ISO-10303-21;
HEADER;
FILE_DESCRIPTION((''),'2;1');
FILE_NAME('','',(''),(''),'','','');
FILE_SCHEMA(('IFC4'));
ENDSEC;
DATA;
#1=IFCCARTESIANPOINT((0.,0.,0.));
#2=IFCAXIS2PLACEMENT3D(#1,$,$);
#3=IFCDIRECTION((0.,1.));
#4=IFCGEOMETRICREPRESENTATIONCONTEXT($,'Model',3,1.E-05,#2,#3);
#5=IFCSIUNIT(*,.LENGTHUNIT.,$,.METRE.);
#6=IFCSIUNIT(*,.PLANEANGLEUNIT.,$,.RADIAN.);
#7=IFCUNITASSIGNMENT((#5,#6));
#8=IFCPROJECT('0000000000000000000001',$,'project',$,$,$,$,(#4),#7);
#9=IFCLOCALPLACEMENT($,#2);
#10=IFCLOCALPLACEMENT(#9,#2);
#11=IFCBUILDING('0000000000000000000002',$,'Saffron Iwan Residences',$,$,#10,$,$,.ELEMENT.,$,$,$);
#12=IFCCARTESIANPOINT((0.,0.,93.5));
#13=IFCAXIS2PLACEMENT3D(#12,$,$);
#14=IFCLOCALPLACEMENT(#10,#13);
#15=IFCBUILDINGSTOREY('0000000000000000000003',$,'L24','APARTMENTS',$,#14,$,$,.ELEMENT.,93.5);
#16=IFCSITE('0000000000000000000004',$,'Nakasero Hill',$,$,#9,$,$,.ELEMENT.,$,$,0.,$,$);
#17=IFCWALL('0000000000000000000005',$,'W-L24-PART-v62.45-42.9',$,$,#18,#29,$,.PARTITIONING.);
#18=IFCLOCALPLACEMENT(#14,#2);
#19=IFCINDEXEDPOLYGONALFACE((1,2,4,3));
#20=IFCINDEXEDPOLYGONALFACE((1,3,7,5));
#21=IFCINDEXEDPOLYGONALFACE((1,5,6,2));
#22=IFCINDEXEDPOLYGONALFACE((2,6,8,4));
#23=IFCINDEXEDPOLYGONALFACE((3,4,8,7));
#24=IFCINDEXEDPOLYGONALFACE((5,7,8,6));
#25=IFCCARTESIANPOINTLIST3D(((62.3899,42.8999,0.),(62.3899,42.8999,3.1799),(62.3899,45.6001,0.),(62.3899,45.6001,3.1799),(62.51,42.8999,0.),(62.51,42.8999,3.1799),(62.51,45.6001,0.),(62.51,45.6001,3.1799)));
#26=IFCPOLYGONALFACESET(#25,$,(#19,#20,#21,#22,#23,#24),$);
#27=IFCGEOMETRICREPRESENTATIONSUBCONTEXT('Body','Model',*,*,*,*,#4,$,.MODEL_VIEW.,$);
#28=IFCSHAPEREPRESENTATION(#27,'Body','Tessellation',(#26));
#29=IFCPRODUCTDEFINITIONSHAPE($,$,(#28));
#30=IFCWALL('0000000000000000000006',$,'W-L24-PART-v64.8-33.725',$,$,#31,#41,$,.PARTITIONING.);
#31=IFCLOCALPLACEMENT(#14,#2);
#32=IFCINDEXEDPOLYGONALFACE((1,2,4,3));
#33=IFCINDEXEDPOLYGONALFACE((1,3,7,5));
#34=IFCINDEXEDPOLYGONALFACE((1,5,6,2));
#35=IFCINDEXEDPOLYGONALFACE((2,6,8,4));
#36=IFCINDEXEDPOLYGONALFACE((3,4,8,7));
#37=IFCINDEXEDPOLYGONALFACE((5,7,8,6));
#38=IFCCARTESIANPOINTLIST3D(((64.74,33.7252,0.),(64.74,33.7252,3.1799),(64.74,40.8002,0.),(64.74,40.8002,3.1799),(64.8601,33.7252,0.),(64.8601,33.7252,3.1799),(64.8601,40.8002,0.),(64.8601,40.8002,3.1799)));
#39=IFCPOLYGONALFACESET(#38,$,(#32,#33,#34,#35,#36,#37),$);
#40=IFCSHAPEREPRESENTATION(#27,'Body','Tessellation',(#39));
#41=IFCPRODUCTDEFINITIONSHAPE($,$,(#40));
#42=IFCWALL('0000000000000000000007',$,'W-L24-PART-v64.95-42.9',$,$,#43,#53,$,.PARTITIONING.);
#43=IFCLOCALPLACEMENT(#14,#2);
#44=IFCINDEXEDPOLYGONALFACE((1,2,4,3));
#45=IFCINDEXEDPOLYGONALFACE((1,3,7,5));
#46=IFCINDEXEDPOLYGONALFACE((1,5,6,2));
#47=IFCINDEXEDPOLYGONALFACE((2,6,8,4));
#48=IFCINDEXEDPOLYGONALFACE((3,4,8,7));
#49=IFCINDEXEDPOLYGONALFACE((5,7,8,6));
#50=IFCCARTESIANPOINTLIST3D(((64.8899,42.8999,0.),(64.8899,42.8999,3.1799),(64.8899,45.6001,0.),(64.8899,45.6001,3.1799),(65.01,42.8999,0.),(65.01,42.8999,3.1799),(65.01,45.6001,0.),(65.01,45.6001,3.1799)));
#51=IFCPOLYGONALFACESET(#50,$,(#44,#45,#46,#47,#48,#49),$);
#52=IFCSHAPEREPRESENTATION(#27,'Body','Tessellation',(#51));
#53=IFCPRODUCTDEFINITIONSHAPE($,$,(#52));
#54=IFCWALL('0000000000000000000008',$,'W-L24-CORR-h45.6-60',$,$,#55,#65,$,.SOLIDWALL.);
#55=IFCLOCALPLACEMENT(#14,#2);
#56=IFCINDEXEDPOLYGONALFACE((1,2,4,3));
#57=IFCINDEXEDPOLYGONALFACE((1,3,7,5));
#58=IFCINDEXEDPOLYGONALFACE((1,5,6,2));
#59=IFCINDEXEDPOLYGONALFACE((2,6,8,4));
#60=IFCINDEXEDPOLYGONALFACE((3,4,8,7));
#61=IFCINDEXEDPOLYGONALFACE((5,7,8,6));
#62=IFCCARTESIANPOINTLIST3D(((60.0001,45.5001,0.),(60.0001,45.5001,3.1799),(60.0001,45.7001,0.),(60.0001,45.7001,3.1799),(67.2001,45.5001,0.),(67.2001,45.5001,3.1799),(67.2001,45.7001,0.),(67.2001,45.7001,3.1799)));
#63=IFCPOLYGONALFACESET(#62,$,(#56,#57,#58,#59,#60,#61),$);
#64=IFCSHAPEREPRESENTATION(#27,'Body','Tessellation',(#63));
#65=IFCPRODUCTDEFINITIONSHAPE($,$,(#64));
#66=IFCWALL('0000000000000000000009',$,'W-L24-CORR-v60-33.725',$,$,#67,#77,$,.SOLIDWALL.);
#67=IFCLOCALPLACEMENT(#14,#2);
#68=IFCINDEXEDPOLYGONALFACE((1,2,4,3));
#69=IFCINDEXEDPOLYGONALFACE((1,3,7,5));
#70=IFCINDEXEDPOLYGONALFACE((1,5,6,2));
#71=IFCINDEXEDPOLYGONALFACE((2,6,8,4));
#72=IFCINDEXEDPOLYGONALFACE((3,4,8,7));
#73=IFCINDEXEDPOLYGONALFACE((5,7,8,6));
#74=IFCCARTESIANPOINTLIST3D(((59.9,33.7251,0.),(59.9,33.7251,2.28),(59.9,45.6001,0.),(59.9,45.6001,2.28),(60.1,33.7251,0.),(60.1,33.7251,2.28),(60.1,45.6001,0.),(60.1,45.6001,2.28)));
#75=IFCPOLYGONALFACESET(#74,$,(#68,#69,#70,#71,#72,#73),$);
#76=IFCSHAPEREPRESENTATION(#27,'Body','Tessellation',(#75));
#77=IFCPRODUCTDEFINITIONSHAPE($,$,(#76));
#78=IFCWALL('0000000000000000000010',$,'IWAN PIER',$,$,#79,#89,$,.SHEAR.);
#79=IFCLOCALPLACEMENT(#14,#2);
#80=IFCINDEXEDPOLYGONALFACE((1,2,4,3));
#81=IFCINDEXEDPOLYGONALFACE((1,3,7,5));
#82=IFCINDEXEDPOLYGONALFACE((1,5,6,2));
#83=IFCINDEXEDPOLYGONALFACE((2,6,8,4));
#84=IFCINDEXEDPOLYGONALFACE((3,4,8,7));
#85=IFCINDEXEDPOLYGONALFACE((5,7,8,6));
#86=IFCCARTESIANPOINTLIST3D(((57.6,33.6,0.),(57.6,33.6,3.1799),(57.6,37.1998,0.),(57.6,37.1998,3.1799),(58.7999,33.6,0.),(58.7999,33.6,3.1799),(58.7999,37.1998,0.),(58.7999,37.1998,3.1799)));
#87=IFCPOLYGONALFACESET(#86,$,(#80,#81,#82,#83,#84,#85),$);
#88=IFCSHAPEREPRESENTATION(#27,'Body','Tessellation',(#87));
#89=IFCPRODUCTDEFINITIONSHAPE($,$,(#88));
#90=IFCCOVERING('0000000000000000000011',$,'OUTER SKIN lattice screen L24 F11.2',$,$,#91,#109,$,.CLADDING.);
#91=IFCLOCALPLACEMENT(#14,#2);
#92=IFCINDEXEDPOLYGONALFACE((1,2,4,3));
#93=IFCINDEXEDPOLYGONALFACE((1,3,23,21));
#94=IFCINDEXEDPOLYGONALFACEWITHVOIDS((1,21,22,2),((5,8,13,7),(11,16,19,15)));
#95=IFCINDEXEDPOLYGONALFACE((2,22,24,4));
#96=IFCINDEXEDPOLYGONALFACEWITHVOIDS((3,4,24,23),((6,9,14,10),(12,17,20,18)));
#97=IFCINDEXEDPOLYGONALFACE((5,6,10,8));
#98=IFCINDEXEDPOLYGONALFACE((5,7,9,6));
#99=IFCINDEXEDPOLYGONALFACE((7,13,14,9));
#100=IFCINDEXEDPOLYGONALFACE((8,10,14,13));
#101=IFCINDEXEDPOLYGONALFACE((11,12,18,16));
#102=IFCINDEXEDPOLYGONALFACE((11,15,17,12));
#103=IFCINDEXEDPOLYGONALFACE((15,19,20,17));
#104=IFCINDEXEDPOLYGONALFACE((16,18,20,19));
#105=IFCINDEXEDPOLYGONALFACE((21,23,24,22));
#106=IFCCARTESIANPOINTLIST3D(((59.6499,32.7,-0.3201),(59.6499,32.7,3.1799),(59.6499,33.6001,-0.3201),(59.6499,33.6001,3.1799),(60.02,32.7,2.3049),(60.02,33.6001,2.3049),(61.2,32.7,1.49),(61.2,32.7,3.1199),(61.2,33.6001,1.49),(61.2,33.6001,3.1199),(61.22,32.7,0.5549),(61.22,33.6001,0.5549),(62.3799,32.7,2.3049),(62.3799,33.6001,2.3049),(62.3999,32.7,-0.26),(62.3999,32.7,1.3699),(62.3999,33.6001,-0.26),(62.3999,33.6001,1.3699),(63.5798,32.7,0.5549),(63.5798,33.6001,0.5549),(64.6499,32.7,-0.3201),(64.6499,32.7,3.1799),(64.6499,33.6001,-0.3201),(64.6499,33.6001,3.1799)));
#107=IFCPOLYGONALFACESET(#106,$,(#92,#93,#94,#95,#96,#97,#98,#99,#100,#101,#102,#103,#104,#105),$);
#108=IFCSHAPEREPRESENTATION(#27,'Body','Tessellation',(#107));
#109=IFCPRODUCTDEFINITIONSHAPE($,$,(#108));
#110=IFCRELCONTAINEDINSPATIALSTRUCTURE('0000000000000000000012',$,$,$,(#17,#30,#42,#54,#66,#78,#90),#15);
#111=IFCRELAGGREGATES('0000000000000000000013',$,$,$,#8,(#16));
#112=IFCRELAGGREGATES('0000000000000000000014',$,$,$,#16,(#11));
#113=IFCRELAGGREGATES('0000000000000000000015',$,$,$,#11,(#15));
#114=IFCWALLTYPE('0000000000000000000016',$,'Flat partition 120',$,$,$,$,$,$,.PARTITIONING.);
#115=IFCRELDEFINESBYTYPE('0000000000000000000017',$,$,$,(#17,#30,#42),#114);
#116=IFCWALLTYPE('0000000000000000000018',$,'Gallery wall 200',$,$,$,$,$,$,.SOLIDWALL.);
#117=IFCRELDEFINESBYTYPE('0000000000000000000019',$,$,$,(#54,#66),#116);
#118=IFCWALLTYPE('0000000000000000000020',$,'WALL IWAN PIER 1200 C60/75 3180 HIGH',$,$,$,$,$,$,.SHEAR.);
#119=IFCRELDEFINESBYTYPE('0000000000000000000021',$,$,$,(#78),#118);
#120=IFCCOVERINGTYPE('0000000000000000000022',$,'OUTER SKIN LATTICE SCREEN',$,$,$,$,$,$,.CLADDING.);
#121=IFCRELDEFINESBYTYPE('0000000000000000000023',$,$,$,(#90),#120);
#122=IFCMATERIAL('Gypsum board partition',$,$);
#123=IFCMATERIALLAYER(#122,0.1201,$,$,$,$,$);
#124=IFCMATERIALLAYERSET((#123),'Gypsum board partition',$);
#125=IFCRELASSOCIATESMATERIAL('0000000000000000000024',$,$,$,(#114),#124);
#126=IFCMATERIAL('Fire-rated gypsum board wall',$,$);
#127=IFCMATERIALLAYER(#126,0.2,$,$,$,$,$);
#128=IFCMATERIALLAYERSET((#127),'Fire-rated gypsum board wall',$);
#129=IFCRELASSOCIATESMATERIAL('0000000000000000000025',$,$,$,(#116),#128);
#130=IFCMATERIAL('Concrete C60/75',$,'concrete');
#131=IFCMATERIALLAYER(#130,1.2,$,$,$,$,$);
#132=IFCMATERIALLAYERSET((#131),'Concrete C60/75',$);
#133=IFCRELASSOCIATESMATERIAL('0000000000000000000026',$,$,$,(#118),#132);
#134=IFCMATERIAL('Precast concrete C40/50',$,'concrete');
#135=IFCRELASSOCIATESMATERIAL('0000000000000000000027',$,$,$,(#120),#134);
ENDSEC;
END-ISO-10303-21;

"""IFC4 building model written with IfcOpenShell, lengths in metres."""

from ifc_helpers import new_model, si_unit, direction, frame, frame_2d, origin, place, context, subcontext, project, spatial, polyline, rectangle, outline, extrude, material, layer, layer_set, type_object, element, save


model = new_model("IFC4")

# Units and contexts
model_context = context("Model", 3, precision=1e-05, world=origin(), true_north=direction((0.0, 1.0)))
body_context = subcontext(model_context, "Body", "Model", "MODEL_VIEW")
ifc_project = project(units=[si_unit("LENGTHUNIT", "METRE"), si_unit("PLANEANGLEUNIT", "RADIAN")], contexts=[model_context])

# Site, building, storey
site_placement = place(None, origin())
site = spatial("IfcSite", under=ifc_project, at=site_placement, Name="Nakasero Hill", CompositionType="ELEMENT", RefElevation=0.0)
building_placement = place(site_placement, origin())
building = spatial("IfcBuilding", under=site, at=building_placement, Name="Saffron Iwan Residences", CompositionType="ELEMENT")
storey_placement = place(building_placement, frame((0.0, 0.0, 93.5)))
storey = spatial("IfcBuildingStorey", under=building, at=storey_placement, Name="L24", Description="APARTMENTS", CompositionType="ELEMENT", Elevation=93.5)

# Shared definitions
ifc_material_1 = material(Name="Concrete C60/75", Category="concrete")

# Shared definitions
ifc_material_2 = material(Name="Gypsum board partition")
ifc_layer_1 = layer(ifc_material_2, 0.1201)
ifc_layer_set_1 = layer_set([ifc_layer_1], Name="Gypsum board partition")
wall_type_1 = type_object("IfcWallType", Name="Flat partition 120", PredefinedType="PARTITIONING", material=ifc_layer_set_1)

# Walls
wall_1_placement = place(storey_placement, frame((62.45, 42.8999, 0.0), z_axis=(0.0, 0.0, 1.0), x_axis=(0.0, 1.0, 0.0)))
element("IfcWall", 1, at=wall_1_placement, inside=storey, type_object=wall_type_1, Name="W-L24-PART-v62.45-42.9", PredefinedType="PARTITIONING", context=body_context, shape_type="SweptSolid", body=[
    extrude(rectangle(XDim=2.7002, YDim=0.1201, at=frame_2d((1.3501, 0.0))), origin(), (0.0, 0.0, 1.0), 3.1799),
])
wall_2_placement = place(storey_placement, frame((64.8, 33.7251, 0.0), z_axis=(0.0, 0.0, 1.0), x_axis=(0.0, 1.0, 0.0)))
element("IfcWall", 2, at=wall_2_placement, inside=storey, type_object=wall_type_1, Name="W-L24-PART-v64.8-33.725", PredefinedType="PARTITIONING", context=body_context, shape_type="SweptSolid", body=[
    extrude(rectangle(XDim=7.075, YDim=0.1201, at=frame_2d((3.5376, 0.0))), origin(), (0.0, 0.0, 1.0), 3.1799),
])
wall_3_placement = place(storey_placement, frame((64.95, 42.8999, 0.0), z_axis=(0.0, 0.0, 1.0), x_axis=(0.0, 1.0, 0.0)))
element("IfcWall", 3, at=wall_3_placement, inside=storey, type_object=wall_type_1, Name="W-L24-PART-v64.95-42.9", PredefinedType="PARTITIONING", context=body_context, shape_type="SweptSolid", body=[
    extrude(rectangle(XDim=2.7002, YDim=0.1201, at=frame_2d((1.3501, 0.0))), origin(), (0.0, 0.0, 1.0), 3.1799),
])
ifc_material_3 = material(Name="Fire-rated gypsum board wall")
ifc_layer_2 = layer(ifc_material_3, 0.2)
ifc_layer_set_2 = layer_set([ifc_layer_2], Name="Fire-rated gypsum board wall")
wall_type_2 = type_object("IfcWallType", Name="Gallery wall 200", PredefinedType="SOLIDWALL", material=ifc_layer_set_2)
wall_4_placement = place(storey_placement, frame((60.0, 45.6001, 0.0), z_axis=(0.0, 0.0, 1.0), x_axis=(1.0, 0.0, 0.0)))
element("IfcWall", 4, at=wall_4_placement, inside=storey, type_object=wall_type_2, Name="W-L24-CORR-h45.6-60", PredefinedType="SOLIDWALL", context=body_context, shape_type="SweptSolid", body=[
    extrude(rectangle(XDim=7.2, YDim=0.2, at=frame_2d((3.6001, 0.0))), origin(), (0.0, 0.0, 1.0), 3.1799),
])
wall_5_placement = place(storey_placement, frame((60.0, 33.7251, 0.0), z_axis=(0.0, 0.0, 1.0), x_axis=(0.0, 1.0, 0.0)))
element("IfcWall", 5, at=wall_5_placement, inside=storey, type_object=wall_type_2, Name="W-L24-CORR-v60-33.725", PredefinedType="SOLIDWALL", context=body_context, shape_type="SweptSolid", body=[
    extrude(rectangle(XDim=11.875, YDim=0.2, at=frame_2d((5.9375, 0.0))), origin(), (0.0, 0.0, 1.0), 2.28),
])
ifc_layer_3 = layer(ifc_material_1, 1.2)
ifc_layer_set_3 = layer_set([ifc_layer_3], Name="Concrete C60/75")
wall_type_3 = type_object("IfcWallType", Name="WALL IWAN PIER 1200 C60/75 3180 HIGH", PredefinedType="SHEAR", material=ifc_layer_set_3)
wall_6_placement = place(storey_placement, frame((58.2, 33.6001, 0.0), z_axis=(0.0, 0.0, 1.0), x_axis=(0.0, 1.0, 0.0)))
element("IfcWall", 6, at=wall_6_placement, inside=storey, type_object=wall_type_3, Name="IWAN PIER", PredefinedType="SHEAR", context=body_context, shape_type="SweptSolid", body=[
    extrude(rectangle(XDim=3.5999, YDim=1.2, at=frame_2d((1.7998, 0.0))), origin(), (0.0, 0.0, 1.0), 3.1799),
])

# Covering
ifc_material_4 = material(Name="Precast concrete C40/50", Category="concrete")
covering_type = type_object("IfcCoveringType", Name="OUTER SKIN LATTICE SCREEN", PredefinedType="CLADDING", material=ifc_material_4)
covering_placement = place(storey_placement, frame((59.6499, 33.6001, -0.3201), z_axis=(0.0, -1.0, 0.0), x_axis=(1.0, 0.0, 0.0)))
element("IfcCovering", 7, at=covering_placement, inside=storey, type_object=covering_type, Name="OUTER SKIN lattice screen L24 F11.2", PredefinedType="CLADDING", context=body_context, shape_type="SweptSolid", body=[
    extrude(outline(polyline([(0.0, 0.0), (5.0, 0.0), (5.0, 3.5), (0.0, 3.5), (0.0, 0.0)]), holes=[polyline([(1.5701, 0.875), (2.75, 0.0601), (3.9299, 0.875), (2.75, 1.6899), (1.5701, 0.875)]), polyline([(0.3701, 2.625), (1.55, 1.8101), (2.73, 2.625), (1.55, 3.4399), (0.3701, 2.625)])]), origin(), (0.0, 0.0, 1.0), 0.9001),
])

save(model, "model.ifc")
